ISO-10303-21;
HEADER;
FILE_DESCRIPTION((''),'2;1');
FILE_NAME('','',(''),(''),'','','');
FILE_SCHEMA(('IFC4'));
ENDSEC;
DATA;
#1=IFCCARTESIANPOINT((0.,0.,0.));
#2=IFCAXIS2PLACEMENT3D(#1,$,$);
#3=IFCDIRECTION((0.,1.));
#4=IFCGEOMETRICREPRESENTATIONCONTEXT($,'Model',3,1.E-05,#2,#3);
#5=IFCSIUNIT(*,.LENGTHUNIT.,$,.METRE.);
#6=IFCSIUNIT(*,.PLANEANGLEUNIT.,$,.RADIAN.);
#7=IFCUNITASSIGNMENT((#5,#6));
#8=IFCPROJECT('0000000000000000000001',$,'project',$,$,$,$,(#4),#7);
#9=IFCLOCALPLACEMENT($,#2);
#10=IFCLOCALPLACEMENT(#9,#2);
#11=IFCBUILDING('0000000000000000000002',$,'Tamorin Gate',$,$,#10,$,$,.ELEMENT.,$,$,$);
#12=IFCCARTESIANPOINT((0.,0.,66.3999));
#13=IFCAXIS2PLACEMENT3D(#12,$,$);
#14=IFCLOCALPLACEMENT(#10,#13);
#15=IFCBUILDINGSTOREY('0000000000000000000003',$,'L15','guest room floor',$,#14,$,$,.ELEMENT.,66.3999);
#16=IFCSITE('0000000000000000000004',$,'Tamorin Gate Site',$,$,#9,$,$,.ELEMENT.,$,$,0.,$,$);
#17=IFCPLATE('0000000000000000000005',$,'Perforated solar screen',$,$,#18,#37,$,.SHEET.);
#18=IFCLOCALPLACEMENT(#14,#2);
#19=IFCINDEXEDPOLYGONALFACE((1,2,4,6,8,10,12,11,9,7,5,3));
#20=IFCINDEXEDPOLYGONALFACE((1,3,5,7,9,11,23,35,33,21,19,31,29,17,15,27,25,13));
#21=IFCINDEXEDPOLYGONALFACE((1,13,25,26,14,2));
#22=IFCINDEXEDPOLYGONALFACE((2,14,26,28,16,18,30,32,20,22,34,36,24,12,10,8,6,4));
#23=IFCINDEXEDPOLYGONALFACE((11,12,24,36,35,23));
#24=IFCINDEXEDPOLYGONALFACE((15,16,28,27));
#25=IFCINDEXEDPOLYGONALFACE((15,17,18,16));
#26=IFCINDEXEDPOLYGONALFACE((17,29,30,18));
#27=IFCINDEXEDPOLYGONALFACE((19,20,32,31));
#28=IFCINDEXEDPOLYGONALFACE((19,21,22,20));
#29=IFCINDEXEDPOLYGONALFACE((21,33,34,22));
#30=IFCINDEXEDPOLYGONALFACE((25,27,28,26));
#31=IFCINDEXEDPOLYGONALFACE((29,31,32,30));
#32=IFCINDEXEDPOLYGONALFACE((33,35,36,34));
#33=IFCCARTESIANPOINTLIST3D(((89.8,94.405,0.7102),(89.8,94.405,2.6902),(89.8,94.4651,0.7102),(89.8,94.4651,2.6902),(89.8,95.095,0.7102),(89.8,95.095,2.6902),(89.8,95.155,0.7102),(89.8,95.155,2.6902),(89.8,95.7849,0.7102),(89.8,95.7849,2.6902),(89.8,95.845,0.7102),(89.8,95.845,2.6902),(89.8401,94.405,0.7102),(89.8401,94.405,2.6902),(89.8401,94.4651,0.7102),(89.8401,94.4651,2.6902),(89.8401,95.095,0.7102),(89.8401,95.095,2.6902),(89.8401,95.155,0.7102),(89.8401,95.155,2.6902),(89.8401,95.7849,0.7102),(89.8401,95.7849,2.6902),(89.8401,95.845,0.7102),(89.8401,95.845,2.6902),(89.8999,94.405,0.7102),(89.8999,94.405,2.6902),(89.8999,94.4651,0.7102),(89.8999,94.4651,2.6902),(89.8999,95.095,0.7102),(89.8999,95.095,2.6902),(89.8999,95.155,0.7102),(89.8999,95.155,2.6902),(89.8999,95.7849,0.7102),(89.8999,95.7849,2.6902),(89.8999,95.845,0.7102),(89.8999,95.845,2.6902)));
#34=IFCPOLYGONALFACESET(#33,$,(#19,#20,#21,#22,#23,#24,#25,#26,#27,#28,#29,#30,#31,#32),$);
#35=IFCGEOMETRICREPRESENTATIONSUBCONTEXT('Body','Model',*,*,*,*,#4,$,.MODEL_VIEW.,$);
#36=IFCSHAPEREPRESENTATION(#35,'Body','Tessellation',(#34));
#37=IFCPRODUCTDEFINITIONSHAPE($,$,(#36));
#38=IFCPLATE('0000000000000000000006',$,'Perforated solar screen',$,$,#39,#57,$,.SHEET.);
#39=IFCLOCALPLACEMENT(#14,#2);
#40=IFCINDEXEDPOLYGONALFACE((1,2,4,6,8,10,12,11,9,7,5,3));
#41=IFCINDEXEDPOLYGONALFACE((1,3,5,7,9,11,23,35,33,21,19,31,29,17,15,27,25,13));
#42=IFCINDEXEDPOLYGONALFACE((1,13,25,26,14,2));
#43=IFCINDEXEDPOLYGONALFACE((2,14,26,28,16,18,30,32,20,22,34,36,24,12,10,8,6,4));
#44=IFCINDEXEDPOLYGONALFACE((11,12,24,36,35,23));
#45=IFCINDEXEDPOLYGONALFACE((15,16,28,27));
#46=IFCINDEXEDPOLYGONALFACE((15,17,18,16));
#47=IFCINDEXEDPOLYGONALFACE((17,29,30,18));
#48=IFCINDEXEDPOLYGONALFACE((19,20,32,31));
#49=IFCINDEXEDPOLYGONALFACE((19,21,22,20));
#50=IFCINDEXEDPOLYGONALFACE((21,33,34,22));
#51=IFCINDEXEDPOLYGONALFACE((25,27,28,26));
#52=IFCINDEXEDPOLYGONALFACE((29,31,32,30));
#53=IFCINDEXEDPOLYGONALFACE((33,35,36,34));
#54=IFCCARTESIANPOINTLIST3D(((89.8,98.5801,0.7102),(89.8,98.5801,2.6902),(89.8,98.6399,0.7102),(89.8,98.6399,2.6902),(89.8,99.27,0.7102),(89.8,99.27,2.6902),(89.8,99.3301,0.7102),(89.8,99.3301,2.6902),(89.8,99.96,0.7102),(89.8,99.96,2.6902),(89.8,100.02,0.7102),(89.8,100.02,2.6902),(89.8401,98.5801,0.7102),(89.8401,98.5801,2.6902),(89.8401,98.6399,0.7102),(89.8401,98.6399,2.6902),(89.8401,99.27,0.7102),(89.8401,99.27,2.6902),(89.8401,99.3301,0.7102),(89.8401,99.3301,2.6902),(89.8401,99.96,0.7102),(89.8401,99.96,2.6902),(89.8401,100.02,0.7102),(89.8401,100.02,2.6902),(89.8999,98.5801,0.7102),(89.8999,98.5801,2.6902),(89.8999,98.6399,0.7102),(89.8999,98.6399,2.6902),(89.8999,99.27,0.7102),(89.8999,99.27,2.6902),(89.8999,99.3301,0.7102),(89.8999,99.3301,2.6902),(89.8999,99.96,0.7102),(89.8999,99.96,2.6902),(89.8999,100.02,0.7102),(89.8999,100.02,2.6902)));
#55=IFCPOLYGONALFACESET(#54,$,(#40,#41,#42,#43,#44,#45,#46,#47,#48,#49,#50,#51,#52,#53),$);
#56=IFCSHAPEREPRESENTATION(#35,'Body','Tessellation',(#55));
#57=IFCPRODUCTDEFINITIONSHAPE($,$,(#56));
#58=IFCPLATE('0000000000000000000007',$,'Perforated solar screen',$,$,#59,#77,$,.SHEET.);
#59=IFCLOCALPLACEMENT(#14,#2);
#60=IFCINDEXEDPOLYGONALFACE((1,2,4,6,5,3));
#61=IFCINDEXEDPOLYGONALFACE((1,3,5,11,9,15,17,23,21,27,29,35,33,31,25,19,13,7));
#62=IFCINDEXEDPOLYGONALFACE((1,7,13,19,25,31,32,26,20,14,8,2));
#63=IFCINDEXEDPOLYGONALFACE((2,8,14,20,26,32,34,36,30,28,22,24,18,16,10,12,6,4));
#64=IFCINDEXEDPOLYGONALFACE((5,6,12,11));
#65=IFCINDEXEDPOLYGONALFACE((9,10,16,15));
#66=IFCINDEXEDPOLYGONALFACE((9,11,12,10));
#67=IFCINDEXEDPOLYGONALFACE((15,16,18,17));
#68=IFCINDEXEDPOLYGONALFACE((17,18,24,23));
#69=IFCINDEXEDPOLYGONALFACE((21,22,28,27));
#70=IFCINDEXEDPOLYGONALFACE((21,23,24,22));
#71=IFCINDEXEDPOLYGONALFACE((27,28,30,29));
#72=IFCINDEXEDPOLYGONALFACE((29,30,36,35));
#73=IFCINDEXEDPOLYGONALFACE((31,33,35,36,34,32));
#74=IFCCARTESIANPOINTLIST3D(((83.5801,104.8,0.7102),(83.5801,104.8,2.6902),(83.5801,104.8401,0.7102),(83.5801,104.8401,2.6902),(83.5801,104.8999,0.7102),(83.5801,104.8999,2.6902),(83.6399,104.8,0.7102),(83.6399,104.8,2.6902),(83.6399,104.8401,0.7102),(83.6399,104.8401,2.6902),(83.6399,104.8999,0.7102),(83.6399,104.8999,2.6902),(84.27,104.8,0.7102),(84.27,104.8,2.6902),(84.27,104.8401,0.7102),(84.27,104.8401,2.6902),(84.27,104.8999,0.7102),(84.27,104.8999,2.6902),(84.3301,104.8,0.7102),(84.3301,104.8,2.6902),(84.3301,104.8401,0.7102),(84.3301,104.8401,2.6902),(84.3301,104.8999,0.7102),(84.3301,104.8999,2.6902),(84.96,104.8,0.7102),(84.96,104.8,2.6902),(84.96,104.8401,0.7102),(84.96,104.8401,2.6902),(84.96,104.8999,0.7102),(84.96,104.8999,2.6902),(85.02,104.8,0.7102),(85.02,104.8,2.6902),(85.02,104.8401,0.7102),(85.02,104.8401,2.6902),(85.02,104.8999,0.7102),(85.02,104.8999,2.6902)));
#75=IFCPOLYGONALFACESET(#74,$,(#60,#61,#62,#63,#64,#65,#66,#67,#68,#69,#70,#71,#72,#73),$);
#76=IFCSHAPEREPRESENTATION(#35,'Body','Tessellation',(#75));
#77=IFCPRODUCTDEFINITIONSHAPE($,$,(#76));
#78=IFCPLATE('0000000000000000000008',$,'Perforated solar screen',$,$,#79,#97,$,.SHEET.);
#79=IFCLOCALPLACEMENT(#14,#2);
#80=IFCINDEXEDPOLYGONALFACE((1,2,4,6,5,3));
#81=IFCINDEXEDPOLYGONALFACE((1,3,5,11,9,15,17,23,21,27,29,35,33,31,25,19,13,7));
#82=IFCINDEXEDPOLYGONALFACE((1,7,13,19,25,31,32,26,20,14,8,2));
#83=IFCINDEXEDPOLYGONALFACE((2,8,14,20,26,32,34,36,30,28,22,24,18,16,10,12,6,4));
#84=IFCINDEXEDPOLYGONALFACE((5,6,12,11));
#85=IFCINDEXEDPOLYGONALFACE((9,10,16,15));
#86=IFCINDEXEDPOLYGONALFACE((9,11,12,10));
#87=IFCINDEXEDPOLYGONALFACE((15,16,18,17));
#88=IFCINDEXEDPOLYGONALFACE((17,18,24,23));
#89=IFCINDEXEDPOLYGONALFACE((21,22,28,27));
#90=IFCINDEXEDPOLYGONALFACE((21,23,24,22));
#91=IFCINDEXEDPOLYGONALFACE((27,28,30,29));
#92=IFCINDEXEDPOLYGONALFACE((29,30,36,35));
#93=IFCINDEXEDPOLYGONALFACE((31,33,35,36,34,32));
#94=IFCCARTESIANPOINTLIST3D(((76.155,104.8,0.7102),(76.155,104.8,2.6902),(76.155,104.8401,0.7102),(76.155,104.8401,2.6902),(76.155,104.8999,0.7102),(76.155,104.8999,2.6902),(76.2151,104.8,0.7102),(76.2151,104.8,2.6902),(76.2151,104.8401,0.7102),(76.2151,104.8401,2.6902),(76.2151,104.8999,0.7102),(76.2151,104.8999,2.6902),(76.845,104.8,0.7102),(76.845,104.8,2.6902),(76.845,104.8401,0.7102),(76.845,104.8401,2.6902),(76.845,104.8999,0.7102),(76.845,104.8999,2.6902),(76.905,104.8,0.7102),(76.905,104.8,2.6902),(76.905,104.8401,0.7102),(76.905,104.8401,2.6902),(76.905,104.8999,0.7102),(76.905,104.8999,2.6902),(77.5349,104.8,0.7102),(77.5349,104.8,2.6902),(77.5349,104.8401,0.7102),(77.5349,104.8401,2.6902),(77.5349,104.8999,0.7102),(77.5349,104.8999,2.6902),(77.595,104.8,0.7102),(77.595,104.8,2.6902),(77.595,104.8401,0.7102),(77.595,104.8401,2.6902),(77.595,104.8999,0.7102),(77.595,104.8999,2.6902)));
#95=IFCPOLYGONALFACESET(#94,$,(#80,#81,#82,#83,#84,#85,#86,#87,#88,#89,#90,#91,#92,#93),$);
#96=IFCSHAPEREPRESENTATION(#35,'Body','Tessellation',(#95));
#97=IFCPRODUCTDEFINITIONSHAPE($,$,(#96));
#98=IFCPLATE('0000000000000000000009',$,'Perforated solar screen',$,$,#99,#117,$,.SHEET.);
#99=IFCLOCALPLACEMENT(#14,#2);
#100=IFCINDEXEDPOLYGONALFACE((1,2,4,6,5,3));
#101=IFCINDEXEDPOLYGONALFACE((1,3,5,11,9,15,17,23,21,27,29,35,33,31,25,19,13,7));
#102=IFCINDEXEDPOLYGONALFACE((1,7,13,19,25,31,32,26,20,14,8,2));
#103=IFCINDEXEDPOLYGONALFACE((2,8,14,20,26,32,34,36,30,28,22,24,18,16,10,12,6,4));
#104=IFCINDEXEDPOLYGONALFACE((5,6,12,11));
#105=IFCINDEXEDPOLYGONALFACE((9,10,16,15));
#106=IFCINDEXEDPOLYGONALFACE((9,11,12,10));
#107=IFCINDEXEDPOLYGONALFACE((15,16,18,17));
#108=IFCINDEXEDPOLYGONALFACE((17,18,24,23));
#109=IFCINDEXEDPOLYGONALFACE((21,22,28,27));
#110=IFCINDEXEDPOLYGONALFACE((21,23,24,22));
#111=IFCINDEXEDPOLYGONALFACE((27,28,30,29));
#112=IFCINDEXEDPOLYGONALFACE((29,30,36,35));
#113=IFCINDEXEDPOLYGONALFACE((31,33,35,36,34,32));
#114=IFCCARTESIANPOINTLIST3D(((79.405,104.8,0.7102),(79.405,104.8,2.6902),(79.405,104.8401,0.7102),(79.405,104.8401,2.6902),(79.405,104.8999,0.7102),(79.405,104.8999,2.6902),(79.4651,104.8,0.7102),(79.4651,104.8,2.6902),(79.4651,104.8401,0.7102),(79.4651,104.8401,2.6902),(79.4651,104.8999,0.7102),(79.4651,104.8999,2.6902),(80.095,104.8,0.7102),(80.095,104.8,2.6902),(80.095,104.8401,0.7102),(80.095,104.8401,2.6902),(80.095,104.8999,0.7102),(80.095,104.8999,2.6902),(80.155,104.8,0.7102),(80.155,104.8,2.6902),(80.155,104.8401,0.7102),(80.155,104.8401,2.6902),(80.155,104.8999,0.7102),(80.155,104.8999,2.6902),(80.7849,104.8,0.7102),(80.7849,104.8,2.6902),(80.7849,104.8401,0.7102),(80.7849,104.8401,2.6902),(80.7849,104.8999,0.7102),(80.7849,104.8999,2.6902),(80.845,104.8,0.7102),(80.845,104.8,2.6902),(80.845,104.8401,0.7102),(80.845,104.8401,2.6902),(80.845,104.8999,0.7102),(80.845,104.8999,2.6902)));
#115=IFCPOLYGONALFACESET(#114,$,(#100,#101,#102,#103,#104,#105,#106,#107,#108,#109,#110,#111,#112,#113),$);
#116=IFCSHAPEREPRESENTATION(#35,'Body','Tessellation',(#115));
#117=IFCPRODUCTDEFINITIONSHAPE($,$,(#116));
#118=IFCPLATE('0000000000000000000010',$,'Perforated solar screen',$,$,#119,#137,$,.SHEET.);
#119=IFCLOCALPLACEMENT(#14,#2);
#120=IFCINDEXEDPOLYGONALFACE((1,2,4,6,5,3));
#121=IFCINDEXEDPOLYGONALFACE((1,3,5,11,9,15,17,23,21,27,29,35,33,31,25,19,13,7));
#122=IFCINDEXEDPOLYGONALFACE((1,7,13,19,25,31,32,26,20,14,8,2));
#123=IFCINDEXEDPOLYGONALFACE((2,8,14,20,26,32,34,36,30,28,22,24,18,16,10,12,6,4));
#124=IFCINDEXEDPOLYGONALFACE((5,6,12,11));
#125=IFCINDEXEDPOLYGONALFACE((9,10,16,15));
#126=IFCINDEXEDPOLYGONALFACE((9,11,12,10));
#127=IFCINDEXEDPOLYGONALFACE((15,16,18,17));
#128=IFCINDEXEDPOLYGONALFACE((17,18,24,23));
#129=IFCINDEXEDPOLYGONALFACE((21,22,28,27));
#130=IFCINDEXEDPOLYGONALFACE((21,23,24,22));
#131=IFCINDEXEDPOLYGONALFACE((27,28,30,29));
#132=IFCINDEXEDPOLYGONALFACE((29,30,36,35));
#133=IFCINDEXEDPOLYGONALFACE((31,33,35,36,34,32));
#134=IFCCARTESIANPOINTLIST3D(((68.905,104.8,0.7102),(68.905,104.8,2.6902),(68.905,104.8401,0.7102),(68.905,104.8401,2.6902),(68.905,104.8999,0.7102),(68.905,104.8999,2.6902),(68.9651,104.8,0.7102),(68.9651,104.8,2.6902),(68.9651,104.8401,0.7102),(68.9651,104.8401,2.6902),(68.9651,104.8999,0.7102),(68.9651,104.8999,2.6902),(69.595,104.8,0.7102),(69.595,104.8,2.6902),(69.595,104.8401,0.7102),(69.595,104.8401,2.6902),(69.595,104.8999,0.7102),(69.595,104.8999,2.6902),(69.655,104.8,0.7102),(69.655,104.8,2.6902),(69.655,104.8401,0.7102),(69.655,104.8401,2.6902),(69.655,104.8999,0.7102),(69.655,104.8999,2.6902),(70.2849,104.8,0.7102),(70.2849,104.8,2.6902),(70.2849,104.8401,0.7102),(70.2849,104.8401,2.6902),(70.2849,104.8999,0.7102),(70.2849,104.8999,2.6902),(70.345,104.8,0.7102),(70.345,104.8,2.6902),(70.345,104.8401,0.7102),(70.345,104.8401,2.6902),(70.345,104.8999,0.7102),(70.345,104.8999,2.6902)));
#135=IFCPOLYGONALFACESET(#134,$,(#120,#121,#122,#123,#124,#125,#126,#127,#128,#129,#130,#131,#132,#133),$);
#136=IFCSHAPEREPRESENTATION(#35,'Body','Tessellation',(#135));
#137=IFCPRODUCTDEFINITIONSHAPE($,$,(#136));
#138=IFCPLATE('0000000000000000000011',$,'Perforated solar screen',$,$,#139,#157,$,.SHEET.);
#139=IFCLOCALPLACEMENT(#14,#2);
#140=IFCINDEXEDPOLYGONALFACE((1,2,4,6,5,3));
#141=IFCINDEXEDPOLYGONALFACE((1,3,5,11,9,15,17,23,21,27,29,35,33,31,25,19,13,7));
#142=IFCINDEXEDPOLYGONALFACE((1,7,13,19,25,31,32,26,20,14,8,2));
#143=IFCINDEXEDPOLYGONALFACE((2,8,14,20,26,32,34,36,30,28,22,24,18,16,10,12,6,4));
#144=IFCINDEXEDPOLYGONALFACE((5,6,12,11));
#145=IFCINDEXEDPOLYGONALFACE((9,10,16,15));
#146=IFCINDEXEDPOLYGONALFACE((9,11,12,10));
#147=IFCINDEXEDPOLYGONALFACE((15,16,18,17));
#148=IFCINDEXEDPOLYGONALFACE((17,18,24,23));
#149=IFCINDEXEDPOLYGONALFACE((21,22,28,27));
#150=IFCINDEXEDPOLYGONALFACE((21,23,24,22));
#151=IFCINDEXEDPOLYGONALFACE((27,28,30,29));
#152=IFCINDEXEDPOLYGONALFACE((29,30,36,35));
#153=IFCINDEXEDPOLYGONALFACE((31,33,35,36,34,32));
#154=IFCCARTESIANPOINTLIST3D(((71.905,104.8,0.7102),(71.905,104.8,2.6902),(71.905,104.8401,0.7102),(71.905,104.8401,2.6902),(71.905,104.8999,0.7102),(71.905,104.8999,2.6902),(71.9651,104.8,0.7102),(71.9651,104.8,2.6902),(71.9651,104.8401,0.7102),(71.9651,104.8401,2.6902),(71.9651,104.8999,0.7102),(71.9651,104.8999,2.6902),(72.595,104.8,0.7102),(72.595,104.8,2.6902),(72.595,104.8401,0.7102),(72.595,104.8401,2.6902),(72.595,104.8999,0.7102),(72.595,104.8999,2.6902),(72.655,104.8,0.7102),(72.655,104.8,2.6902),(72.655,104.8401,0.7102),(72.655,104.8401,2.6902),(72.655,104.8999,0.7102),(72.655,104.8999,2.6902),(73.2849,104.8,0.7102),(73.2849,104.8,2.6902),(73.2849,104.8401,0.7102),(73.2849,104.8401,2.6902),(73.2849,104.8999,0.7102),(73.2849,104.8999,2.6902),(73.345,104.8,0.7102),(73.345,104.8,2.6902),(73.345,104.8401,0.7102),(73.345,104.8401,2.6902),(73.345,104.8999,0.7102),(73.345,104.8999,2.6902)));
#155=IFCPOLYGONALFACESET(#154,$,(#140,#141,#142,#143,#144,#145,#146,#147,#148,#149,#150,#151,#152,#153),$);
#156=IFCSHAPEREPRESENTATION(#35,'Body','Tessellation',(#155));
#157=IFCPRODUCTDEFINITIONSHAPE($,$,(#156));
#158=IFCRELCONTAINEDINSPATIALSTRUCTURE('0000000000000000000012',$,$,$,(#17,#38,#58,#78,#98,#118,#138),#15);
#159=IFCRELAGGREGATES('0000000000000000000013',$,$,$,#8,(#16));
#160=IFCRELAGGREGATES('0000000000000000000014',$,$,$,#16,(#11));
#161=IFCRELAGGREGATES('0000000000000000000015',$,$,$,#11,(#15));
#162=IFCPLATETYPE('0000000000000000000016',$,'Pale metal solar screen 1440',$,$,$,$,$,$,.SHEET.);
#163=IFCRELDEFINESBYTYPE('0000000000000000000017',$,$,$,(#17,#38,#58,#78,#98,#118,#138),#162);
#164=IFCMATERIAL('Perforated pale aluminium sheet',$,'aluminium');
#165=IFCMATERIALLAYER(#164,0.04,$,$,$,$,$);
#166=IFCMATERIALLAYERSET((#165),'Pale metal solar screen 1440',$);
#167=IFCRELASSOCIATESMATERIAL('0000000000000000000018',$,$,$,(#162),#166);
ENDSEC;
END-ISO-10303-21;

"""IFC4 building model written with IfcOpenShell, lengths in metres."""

from ifc_helpers import new_model, si_unit, direction, frame, origin, place, context, subcontext, project, spatial, polyline, outline, extrude, material, layer, layer_set, type_object, element, save


model = new_model("IFC4")

# Units and contexts
model_context = context("Model", 3, precision=1e-05, world=origin(), true_north=direction((0.0, 1.0)))
body_context = subcontext(model_context, "Body", "Model", "MODEL_VIEW")
ifc_project = project(units=[si_unit("LENGTHUNIT", "METRE"), si_unit("PLANEANGLEUNIT", "RADIAN")], contexts=[model_context])

# Site, building, storey
site_placement = place(None, origin())
site = spatial("IfcSite", under=ifc_project, at=site_placement, Name="Tamorin Gate Site", CompositionType="ELEMENT", RefElevation=0.0)
building_placement = place(site_placement, origin())
building = spatial("IfcBuilding", under=site, at=building_placement, Name="Tamorin Gate", CompositionType="ELEMENT")
storey_placement = place(building_placement, frame((0.0, 0.0, 66.3999)))
storey = spatial("IfcBuildingStorey", under=building, at=storey_placement, Name="L15", Description="guest room floor", CompositionType="ELEMENT", Elevation=66.3999)

# Plates
ifc_material = material(Name="Perforated pale aluminium sheet", Category="aluminium")
ifc_layer = layer(ifc_material, 0.04)
ifc_layer_set = layer_set([ifc_layer], Name="Pale metal solar screen 1440")
plate_type = type_object("IfcPlateType", Name="Pale metal solar screen 1440", PredefinedType="SHEET", material=ifc_layer_set)
plate_1_placement = place(storey_placement, frame((0.0, 0.0, 0.7102)))
element("IfcPlate", 1, at=plate_1_placement, inside=storey, type_object=plate_type, Name="Perforated solar screen", PredefinedType="SHEET", context=body_context, shape_type="SweptSolid", body=[
    extrude(outline(polyline([(89.8401, 94.405), (89.8, 94.405), (89.8, 94.4651), (89.8, 95.095), (89.8, 95.155), (89.8, 95.7849), (89.8, 95.845), (89.8401, 95.845), (89.8999, 95.845), (89.8999, 95.7849), (89.8401, 95.7849), (89.8401, 95.155), (89.8999, 95.155), (89.8999, 95.095), (89.8401, 95.095), (89.8401, 94.4651), (89.8999, 94.4651), (89.8999, 94.405), (89.8401, 94.405)])), origin(), (0.0, 0.0, 1.0), 1.98),
])
plate_2_placement = place(storey_placement, frame((0.0, 0.0, 0.7102)))
element("IfcPlate", 2, at=plate_2_placement, inside=storey, type_object=plate_type, Name="Perforated solar screen", PredefinedType="SHEET", context=body_context, shape_type="SweptSolid", body=[
    extrude(outline(polyline([(89.8401, 98.5801), (89.8, 98.5801), (89.8, 98.6399), (89.8, 99.27), (89.8, 99.3301), (89.8, 99.96), (89.8, 100.02), (89.8401, 100.02), (89.8999, 100.02), (89.8999, 99.96), (89.8401, 99.96), (89.8401, 99.3301), (89.8999, 99.3301), (89.8999, 99.27), (89.8401, 99.27), (89.8401, 98.6399), (89.8999, 98.6399), (89.8999, 98.5801), (89.8401, 98.5801)])), origin(), (0.0, 0.0, 1.0), 1.98),
])
plate_3_placement = place(storey_placement, frame((0.0, 0.0, 0.7102)))
element("IfcPlate", 3, at=plate_3_placement, inside=storey, type_object=plate_type, Name="Perforated solar screen", PredefinedType="SHEET", context=body_context, shape_type="SweptSolid", body=[
    extrude(outline(polyline([(85.02, 104.8401), (85.02, 104.8), (84.96, 104.8), (84.3301, 104.8), (84.27, 104.8), (83.6399, 104.8), (83.5801, 104.8), (83.5801, 104.8401), (83.5801, 104.8999), (83.6399, 104.8999), (83.6399, 104.8401), (84.27, 104.8401), (84.27, 104.8999), (84.3301, 104.8999), (84.3301, 104.8401), (84.96, 104.8401), (84.96, 104.8999), (85.02, 104.8999), (85.02, 104.8401)])), origin(), (0.0, 0.0, 1.0), 1.98),
])
plate_4_placement = place(storey_placement, frame((0.0, 0.0, 0.7102)))
element("IfcPlate", 4, at=plate_4_placement, inside=storey, type_object=plate_type, Name="Perforated solar screen", PredefinedType="SHEET", context=body_context, shape_type="SweptSolid", body=[
    extrude(outline(polyline([(77.595, 104.8401), (77.595, 104.8), (77.5349, 104.8), (76.905, 104.8), (76.845, 104.8), (76.2151, 104.8), (76.155, 104.8), (76.155, 104.8401), (76.155, 104.8999), (76.2151, 104.8999), (76.2151, 104.8401), (76.845, 104.8401), (76.845, 104.8999), (76.905, 104.8999), (76.905, 104.8401), (77.5349, 104.8401), (77.5349, 104.8999), (77.595, 104.8999), (77.595, 104.8401)])), origin(), (0.0, 0.0, 1.0), 1.98),
])
plate_5_placement = place(storey_placement, frame((0.0, 0.0, 0.7102)))
element("IfcPlate", 5, at=plate_5_placement, inside=storey, type_object=plate_type, Name="Perforated solar screen", PredefinedType="SHEET", context=body_context, shape_type="SweptSolid", body=[
    extrude(outline(polyline([(80.845, 104.8401), (80.845, 104.8), (80.7849, 104.8), (80.155, 104.8), (80.095, 104.8), (79.4651, 104.8), (79.405, 104.8), (79.405, 104.8), (79.405, 104.8401), (79.405, 104.8401), (79.405, 104.8999), (79.4651, 104.8999), (79.4651, 104.8401), (80.095, 104.8401), (80.095, 104.8999), (80.155, 104.8999), (80.155, 104.8401), (80.7849, 104.8401), (80.7849, 104.8999), (80.845, 104.8999), (80.845, 104.8401)])), origin(), (0.0, 0.0, 1.0), 1.98),
])
plate_6_placement = place(storey_placement, frame((0.0, 0.0, 0.7102)))
element("IfcPlate", 6, at=plate_6_placement, inside=storey, type_object=plate_type, Name="Perforated solar screen", PredefinedType="SHEET", context=body_context, shape_type="SweptSolid", body=[
    extrude(outline(polyline([(70.345, 104.8401), (70.345, 104.8), (70.2849, 104.8), (69.655, 104.8), (69.595, 104.8), (68.9651, 104.8), (68.905, 104.8), (68.905, 104.8401), (68.905, 104.8999), (68.9651, 104.8999), (68.9651, 104.8401), (69.595, 104.8401), (69.595, 104.8999), (69.655, 104.8999), (69.655, 104.8401), (70.2849, 104.8401), (70.2849, 104.8999), (70.345, 104.8999), (70.345, 104.8401)])), origin(), (0.0, 0.0, 1.0), 1.98),
])
plate_7_placement = place(storey_placement, frame((0.0, 0.0, 0.7102)))
element("IfcPlate", 7, at=plate_7_placement, inside=storey, type_object=plate_type, Name="Perforated solar screen", PredefinedType="SHEET", context=body_context, shape_type="SweptSolid", body=[
    extrude(outline(polyline([(73.345, 104.8401), (73.345, 104.8), (73.2849, 104.8), (72.655, 104.8), (72.595, 104.8), (71.9651, 104.8), (71.905, 104.8), (71.905, 104.8401), (71.905, 104.8999), (71.9651, 104.8999), (71.9651, 104.8401), (72.595, 104.8401), (72.595, 104.8999), (72.655, 104.8999), (72.655, 104.8401), (73.2849, 104.8401), (73.2849, 104.8999), (73.345, 104.8999), (73.345, 104.8401)])), origin(), (0.0, 0.0, 1.0), 1.98),
])

save(model, "model.ifc")
